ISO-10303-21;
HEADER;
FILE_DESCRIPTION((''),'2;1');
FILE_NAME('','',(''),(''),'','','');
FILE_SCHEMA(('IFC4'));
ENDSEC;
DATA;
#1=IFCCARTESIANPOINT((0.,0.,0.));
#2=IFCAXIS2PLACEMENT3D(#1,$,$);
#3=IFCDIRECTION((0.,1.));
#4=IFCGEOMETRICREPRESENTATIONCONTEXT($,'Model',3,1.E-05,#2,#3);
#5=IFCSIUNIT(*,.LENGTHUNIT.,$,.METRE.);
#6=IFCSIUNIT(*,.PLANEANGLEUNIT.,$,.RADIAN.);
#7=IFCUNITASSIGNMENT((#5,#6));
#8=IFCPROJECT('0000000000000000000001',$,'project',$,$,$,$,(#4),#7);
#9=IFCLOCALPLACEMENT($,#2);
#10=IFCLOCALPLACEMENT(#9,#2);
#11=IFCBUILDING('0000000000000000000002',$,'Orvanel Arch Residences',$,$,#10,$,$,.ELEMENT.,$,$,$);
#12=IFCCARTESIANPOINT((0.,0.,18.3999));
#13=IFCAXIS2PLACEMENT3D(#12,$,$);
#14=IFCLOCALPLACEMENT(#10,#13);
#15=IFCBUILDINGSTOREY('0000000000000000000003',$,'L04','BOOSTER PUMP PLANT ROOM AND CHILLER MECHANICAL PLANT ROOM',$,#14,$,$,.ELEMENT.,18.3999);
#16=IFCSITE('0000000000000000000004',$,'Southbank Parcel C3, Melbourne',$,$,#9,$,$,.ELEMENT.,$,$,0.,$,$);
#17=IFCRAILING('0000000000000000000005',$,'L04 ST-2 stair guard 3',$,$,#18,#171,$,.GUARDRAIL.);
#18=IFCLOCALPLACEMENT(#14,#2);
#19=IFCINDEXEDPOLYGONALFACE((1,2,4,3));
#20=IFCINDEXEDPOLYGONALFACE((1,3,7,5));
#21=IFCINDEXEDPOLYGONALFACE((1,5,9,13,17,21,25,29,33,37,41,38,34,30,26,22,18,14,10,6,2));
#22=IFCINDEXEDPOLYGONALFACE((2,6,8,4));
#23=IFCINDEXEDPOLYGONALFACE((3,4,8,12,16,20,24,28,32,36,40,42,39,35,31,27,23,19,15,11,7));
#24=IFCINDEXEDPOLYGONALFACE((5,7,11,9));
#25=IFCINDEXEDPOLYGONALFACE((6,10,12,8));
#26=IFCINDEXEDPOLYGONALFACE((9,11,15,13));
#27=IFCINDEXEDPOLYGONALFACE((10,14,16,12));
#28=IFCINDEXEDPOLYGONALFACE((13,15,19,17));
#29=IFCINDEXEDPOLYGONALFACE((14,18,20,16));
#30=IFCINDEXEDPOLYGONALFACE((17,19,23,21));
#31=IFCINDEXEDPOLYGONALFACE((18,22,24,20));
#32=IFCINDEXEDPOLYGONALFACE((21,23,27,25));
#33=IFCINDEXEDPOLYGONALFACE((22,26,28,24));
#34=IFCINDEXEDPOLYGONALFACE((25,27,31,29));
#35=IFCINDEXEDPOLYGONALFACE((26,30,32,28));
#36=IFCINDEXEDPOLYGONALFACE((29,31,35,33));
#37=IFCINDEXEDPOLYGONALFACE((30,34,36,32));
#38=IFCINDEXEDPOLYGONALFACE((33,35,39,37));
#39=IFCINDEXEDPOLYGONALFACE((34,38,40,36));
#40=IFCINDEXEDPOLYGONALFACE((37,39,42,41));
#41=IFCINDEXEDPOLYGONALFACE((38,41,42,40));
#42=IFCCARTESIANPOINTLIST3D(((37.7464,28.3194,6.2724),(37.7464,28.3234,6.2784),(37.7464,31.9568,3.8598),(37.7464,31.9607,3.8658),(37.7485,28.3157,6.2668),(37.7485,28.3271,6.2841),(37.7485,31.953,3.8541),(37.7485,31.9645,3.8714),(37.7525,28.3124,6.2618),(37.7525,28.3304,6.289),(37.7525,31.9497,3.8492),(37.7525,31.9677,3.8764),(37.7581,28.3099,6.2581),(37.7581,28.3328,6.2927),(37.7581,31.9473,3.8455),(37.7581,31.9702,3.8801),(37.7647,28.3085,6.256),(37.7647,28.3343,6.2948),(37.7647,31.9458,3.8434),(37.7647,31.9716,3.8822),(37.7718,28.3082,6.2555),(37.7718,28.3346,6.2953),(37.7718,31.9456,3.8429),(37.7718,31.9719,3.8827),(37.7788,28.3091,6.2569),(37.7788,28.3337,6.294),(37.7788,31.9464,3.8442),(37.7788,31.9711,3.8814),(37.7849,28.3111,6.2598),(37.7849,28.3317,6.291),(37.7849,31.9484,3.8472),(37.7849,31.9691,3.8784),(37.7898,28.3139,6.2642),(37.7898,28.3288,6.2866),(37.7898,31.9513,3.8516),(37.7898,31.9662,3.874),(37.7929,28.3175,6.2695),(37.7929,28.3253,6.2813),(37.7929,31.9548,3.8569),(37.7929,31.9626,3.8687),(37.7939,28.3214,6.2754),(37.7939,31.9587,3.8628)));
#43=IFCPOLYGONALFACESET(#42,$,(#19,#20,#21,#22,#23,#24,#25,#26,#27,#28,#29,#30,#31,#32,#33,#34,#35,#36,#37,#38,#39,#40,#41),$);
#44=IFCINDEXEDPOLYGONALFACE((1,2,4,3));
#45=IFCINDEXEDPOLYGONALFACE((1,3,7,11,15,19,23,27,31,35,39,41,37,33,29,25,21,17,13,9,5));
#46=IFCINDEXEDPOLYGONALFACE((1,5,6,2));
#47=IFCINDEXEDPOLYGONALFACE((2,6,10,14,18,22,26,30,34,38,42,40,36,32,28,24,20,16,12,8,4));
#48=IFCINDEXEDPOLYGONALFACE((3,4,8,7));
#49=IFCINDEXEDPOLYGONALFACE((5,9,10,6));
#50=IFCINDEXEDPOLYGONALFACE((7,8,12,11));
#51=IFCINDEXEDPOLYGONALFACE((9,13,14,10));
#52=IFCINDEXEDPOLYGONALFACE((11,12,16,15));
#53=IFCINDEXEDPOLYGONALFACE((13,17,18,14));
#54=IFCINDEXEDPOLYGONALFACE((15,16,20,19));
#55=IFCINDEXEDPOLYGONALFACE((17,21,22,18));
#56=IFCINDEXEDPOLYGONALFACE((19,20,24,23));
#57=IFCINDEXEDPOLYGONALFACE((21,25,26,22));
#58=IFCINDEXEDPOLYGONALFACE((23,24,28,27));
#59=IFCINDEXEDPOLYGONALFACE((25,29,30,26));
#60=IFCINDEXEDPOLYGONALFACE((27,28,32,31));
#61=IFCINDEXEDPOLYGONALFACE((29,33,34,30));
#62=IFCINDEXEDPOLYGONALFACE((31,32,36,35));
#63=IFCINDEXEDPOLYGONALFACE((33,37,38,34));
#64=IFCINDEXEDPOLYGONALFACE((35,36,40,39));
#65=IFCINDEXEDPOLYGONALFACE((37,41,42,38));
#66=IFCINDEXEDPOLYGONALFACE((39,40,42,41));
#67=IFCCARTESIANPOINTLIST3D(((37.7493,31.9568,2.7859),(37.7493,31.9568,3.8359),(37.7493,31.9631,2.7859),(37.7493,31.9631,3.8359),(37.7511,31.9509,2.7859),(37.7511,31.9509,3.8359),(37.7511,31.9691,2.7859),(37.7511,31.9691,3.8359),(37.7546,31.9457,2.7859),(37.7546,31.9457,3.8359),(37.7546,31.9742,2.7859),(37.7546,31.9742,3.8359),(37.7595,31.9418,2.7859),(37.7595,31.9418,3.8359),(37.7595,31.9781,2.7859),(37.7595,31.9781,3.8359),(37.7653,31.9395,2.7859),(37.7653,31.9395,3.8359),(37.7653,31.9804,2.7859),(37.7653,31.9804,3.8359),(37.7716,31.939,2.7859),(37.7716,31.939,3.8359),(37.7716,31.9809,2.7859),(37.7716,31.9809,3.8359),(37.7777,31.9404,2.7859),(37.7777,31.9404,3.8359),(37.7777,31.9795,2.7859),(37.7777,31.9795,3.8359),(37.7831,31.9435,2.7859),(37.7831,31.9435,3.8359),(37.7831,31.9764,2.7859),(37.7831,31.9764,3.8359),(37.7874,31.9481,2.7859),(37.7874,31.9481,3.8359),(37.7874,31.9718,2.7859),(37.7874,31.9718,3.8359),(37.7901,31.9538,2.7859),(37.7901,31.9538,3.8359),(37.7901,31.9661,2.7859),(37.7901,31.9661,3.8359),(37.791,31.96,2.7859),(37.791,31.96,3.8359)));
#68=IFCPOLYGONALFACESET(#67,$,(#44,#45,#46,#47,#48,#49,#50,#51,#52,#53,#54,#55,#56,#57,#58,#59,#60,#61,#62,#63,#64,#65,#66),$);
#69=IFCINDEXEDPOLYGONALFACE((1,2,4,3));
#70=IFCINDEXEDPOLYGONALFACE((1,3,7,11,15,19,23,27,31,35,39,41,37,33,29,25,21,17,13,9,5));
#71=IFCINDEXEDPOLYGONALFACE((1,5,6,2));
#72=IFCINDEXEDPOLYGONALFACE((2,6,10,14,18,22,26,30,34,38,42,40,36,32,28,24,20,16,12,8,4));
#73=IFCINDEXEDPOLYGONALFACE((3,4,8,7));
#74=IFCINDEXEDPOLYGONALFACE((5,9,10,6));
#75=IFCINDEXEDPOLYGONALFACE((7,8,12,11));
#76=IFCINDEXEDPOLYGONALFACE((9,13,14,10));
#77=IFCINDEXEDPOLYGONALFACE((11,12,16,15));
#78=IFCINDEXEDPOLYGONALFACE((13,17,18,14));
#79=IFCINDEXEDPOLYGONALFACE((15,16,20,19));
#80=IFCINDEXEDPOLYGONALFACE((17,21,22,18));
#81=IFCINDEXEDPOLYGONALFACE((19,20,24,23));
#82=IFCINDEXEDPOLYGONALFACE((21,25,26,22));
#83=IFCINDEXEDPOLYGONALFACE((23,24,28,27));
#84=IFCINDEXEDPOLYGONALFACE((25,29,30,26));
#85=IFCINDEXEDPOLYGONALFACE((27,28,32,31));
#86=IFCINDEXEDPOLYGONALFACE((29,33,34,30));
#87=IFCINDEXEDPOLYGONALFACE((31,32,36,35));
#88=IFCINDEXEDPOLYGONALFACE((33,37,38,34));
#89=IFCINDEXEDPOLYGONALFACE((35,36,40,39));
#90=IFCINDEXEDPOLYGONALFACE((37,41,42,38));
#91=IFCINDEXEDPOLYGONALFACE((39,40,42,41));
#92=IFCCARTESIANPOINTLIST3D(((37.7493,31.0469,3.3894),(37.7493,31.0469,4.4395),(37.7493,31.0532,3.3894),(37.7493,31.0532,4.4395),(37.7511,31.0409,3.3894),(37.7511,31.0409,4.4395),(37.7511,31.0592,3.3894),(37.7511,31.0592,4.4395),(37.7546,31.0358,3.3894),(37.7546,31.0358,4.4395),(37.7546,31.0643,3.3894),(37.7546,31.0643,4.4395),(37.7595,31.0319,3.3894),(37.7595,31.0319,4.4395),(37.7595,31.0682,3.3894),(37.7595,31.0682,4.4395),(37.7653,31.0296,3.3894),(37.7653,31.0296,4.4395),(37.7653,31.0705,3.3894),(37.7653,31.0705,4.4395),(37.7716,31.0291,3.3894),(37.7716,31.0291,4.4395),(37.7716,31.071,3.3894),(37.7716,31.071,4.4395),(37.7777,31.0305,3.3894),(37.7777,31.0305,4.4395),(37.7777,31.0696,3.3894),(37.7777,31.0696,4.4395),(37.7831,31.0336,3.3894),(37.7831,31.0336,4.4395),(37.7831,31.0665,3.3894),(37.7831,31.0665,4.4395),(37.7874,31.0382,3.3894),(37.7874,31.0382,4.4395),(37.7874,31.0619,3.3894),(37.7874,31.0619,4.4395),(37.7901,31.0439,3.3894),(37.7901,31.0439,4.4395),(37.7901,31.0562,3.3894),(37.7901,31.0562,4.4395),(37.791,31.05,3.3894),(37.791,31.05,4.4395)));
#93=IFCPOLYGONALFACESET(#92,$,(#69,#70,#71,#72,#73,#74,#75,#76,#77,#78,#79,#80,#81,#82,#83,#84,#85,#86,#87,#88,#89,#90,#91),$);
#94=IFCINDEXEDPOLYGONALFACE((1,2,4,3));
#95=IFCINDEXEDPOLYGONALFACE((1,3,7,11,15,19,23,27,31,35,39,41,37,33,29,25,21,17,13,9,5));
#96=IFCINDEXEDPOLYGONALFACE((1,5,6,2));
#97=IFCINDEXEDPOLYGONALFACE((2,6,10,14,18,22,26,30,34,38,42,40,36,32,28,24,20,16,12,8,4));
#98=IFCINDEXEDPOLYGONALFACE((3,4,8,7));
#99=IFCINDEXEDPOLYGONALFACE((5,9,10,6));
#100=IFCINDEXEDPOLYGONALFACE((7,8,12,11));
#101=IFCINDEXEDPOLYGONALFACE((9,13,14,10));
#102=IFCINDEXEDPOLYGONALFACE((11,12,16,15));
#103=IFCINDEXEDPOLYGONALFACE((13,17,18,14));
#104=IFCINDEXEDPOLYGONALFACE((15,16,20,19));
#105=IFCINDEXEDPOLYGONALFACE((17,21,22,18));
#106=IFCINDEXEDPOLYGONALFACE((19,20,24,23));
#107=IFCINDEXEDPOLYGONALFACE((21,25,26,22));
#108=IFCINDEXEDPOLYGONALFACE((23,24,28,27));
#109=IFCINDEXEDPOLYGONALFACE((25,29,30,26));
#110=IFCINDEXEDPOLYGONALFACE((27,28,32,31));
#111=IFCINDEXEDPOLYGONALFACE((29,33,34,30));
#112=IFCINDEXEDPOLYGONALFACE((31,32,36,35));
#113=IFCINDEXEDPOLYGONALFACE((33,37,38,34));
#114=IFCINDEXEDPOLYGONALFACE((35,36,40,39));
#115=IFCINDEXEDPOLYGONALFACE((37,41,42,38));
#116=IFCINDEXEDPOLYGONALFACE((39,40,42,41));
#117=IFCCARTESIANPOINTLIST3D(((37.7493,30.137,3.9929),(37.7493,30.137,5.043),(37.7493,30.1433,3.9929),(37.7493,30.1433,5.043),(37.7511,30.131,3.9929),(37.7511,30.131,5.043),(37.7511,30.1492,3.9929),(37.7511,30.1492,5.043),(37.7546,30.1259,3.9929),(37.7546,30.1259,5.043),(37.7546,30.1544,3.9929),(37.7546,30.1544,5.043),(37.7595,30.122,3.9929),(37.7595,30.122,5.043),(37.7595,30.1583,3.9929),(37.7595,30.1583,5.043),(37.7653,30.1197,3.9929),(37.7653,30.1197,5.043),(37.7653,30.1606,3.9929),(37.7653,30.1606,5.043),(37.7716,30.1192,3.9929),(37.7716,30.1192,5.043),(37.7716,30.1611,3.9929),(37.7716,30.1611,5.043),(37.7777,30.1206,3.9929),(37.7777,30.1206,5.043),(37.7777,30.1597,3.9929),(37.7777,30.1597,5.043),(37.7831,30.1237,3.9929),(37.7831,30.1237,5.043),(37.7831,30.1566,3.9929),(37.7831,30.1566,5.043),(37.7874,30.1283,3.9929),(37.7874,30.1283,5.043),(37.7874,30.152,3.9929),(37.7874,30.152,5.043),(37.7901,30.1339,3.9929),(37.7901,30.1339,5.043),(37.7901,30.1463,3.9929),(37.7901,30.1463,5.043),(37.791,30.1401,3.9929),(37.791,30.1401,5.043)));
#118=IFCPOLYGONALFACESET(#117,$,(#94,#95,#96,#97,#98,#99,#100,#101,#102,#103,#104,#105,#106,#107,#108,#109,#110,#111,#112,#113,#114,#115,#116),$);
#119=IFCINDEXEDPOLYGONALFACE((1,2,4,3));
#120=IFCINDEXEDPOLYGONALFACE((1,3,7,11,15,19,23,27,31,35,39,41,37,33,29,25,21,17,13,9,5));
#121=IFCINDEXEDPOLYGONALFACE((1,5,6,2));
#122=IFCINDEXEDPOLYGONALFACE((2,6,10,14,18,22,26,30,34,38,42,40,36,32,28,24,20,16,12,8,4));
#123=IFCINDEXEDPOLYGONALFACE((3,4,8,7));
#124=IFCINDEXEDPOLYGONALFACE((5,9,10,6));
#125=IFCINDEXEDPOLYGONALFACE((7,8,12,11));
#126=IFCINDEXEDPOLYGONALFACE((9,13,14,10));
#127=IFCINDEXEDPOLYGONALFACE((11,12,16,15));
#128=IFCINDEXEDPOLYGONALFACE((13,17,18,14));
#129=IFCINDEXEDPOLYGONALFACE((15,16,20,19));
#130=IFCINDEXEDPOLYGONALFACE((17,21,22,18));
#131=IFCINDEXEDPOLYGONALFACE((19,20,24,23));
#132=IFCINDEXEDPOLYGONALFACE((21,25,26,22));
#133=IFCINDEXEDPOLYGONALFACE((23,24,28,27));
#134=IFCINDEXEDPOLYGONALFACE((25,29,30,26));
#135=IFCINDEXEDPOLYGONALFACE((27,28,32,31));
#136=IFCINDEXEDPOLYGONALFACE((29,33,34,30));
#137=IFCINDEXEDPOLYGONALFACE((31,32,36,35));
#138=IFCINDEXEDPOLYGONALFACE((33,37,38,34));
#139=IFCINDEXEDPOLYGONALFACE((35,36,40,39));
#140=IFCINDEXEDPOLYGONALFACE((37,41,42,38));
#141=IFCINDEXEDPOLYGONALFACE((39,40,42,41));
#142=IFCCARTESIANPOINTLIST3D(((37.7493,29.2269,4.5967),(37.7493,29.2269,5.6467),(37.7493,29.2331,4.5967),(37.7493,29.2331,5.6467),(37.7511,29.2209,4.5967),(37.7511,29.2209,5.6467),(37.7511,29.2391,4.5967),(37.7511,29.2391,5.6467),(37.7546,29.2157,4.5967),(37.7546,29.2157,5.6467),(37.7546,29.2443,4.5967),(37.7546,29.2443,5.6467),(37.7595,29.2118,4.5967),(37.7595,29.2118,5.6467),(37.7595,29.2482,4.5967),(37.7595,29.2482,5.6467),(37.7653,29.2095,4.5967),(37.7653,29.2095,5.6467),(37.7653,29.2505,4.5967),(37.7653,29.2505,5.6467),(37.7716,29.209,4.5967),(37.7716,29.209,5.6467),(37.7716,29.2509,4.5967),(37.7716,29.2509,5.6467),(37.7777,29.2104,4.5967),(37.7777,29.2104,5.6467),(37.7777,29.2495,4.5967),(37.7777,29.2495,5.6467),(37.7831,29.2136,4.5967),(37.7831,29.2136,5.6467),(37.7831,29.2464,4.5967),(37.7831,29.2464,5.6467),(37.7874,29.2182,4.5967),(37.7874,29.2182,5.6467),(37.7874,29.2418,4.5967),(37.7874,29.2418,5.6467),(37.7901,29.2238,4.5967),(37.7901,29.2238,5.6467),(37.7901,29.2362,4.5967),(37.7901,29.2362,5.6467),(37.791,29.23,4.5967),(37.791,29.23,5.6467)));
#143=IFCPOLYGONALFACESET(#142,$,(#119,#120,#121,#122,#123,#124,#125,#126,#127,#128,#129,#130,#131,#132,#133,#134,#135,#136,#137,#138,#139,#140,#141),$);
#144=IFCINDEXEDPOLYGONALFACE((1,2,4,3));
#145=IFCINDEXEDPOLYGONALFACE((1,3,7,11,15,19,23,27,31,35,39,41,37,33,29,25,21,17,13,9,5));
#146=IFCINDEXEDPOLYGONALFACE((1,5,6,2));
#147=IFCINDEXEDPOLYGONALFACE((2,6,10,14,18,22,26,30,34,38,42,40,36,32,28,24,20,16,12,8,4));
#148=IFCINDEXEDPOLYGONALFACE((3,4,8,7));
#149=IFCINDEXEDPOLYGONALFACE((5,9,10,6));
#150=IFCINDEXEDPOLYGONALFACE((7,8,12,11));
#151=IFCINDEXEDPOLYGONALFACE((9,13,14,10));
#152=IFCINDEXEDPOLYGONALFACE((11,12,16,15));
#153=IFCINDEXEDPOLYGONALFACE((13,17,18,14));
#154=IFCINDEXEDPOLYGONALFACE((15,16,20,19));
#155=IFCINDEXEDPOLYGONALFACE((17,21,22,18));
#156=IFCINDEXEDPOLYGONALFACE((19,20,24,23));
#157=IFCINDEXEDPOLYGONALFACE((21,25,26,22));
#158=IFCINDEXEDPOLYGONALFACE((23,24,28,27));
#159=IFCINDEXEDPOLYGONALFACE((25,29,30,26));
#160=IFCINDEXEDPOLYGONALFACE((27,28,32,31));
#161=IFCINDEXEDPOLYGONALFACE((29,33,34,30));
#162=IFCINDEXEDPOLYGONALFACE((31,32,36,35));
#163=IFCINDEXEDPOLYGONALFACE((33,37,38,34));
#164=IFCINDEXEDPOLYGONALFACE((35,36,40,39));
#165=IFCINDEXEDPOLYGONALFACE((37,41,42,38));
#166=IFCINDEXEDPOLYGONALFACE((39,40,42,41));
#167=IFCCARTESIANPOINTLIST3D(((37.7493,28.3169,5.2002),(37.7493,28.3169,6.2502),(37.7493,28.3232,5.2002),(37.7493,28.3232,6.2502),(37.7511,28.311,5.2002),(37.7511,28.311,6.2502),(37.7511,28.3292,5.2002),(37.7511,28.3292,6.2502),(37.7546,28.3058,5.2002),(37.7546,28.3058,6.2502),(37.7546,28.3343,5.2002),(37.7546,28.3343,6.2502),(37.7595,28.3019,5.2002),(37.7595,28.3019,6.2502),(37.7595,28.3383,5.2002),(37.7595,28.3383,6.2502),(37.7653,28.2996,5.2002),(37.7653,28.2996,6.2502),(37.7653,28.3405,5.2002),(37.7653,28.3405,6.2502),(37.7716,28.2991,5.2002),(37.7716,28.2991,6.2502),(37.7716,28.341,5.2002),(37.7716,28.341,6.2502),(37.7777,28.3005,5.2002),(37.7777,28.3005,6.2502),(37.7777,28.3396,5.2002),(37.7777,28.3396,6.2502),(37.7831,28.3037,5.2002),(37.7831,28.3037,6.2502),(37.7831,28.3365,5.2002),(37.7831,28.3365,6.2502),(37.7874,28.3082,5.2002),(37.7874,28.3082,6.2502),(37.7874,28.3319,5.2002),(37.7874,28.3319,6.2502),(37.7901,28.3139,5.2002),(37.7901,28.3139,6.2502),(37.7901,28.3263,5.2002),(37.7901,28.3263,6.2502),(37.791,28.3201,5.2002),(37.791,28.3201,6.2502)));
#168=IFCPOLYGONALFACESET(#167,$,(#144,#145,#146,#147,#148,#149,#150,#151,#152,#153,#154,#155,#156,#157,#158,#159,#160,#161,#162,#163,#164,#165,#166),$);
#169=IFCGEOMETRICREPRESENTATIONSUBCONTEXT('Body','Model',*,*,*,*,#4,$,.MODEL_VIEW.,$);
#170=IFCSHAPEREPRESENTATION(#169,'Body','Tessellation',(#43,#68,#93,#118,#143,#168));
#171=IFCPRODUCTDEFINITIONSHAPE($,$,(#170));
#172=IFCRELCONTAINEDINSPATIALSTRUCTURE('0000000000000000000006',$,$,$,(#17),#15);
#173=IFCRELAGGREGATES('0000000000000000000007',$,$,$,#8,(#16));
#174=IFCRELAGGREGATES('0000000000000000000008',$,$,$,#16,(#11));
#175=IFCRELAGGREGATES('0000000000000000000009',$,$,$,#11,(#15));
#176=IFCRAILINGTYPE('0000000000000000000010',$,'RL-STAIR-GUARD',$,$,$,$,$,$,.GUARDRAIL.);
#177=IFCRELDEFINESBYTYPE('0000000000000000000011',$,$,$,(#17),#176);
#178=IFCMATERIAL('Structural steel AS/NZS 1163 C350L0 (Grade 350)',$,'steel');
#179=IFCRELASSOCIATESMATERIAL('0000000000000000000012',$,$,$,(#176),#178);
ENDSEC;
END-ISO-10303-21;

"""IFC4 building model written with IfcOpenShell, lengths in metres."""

from ifc_helpers import new_model, si_unit, direction, frame, origin, origin_2d, place, context, subcontext, project, spatial, circle, extrude, material, type_object, element, save


model = new_model("IFC4")

# Units and contexts
model_context = context("Model", 3, precision=1e-05, world=origin(), true_north=direction((0.0, 1.0)))
body_context = subcontext(model_context, "Body", "Model", "MODEL_VIEW")
ifc_project = project(units=[si_unit("LENGTHUNIT", "METRE"), si_unit("PLANEANGLEUNIT", "RADIAN")], contexts=[model_context])

# Site, building, storey
site_placement = place(None, origin())
site = spatial("IfcSite", under=ifc_project, at=site_placement, Name="Southbank Parcel C3, Melbourne", CompositionType="ELEMENT", RefElevation=0.0)
building_placement = place(site_placement, origin())
building = spatial("IfcBuilding", under=site, at=building_placement, Name="Orvanel Arch Residences", CompositionType="ELEMENT")
storey_placement = place(building_placement, frame((0.0, 0.0, 18.3999)))
storey = spatial("IfcBuildingStorey", under=building, at=storey_placement, Name="L04", Description="BOOSTER PUMP PLANT ROOM AND CHILLER MECHANICAL PLANT ROOM", CompositionType="ELEMENT", Elevation=18.3999)

# Railing
ifc_material_1 = material(Name="Structural steel AS/NZS 1163 C350L0 (Grade 350)", Category="steel")
railing_type_1 = type_object("IfcRailingType", Name="RL-STAIR-GUARD", PredefinedType="GUARDRAIL", material=ifc_material_1)
railing_1_placement = place(storey_placement, frame((37.77, 31.96, 2.7859)))
element("IfcRailing", 1, at=railing_1_placement, inside=storey, type_object=railing_type_1, Name="L04 ST-2 stair guard 3", PredefinedType="GUARDRAIL", context=body_context, shape_type="SweptSolid", body=[
    extrude(circle(Radius=0.0239, at=origin_2d()), frame((0.0, -0.0012, 1.0769), z_axis=(0.0, -0.833347, 0.552751), x_axis=(1.0, 0.0, 0.0)), (0.0, 0.0, 1.0), 4.3647),
    extrude(circle(Radius=0.021, at=origin_2d()), origin(), (0.0, 0.0, 1.0), 1.05),
    extrude(circle(Radius=0.021, at=origin_2d()), frame((0.0, -0.9099, 0.6035)), (0.0, 0.0, 1.0), 1.05),
    extrude(circle(Radius=0.021, at=origin_2d()), frame((0.0, -1.8198, 1.207)), (0.0, 0.0, 1.0), 1.05),
    extrude(circle(Radius=0.021, at=origin_2d()), frame((0.0, -2.73, 1.8108)), (0.0, 0.0, 1.0), 1.05),
    extrude(circle(Radius=0.021, at=origin_2d()), frame((0.0, -3.6399, 2.4143)), (0.0, 0.0, 1.0), 1.05),
])

save(model, "model.ifc")
